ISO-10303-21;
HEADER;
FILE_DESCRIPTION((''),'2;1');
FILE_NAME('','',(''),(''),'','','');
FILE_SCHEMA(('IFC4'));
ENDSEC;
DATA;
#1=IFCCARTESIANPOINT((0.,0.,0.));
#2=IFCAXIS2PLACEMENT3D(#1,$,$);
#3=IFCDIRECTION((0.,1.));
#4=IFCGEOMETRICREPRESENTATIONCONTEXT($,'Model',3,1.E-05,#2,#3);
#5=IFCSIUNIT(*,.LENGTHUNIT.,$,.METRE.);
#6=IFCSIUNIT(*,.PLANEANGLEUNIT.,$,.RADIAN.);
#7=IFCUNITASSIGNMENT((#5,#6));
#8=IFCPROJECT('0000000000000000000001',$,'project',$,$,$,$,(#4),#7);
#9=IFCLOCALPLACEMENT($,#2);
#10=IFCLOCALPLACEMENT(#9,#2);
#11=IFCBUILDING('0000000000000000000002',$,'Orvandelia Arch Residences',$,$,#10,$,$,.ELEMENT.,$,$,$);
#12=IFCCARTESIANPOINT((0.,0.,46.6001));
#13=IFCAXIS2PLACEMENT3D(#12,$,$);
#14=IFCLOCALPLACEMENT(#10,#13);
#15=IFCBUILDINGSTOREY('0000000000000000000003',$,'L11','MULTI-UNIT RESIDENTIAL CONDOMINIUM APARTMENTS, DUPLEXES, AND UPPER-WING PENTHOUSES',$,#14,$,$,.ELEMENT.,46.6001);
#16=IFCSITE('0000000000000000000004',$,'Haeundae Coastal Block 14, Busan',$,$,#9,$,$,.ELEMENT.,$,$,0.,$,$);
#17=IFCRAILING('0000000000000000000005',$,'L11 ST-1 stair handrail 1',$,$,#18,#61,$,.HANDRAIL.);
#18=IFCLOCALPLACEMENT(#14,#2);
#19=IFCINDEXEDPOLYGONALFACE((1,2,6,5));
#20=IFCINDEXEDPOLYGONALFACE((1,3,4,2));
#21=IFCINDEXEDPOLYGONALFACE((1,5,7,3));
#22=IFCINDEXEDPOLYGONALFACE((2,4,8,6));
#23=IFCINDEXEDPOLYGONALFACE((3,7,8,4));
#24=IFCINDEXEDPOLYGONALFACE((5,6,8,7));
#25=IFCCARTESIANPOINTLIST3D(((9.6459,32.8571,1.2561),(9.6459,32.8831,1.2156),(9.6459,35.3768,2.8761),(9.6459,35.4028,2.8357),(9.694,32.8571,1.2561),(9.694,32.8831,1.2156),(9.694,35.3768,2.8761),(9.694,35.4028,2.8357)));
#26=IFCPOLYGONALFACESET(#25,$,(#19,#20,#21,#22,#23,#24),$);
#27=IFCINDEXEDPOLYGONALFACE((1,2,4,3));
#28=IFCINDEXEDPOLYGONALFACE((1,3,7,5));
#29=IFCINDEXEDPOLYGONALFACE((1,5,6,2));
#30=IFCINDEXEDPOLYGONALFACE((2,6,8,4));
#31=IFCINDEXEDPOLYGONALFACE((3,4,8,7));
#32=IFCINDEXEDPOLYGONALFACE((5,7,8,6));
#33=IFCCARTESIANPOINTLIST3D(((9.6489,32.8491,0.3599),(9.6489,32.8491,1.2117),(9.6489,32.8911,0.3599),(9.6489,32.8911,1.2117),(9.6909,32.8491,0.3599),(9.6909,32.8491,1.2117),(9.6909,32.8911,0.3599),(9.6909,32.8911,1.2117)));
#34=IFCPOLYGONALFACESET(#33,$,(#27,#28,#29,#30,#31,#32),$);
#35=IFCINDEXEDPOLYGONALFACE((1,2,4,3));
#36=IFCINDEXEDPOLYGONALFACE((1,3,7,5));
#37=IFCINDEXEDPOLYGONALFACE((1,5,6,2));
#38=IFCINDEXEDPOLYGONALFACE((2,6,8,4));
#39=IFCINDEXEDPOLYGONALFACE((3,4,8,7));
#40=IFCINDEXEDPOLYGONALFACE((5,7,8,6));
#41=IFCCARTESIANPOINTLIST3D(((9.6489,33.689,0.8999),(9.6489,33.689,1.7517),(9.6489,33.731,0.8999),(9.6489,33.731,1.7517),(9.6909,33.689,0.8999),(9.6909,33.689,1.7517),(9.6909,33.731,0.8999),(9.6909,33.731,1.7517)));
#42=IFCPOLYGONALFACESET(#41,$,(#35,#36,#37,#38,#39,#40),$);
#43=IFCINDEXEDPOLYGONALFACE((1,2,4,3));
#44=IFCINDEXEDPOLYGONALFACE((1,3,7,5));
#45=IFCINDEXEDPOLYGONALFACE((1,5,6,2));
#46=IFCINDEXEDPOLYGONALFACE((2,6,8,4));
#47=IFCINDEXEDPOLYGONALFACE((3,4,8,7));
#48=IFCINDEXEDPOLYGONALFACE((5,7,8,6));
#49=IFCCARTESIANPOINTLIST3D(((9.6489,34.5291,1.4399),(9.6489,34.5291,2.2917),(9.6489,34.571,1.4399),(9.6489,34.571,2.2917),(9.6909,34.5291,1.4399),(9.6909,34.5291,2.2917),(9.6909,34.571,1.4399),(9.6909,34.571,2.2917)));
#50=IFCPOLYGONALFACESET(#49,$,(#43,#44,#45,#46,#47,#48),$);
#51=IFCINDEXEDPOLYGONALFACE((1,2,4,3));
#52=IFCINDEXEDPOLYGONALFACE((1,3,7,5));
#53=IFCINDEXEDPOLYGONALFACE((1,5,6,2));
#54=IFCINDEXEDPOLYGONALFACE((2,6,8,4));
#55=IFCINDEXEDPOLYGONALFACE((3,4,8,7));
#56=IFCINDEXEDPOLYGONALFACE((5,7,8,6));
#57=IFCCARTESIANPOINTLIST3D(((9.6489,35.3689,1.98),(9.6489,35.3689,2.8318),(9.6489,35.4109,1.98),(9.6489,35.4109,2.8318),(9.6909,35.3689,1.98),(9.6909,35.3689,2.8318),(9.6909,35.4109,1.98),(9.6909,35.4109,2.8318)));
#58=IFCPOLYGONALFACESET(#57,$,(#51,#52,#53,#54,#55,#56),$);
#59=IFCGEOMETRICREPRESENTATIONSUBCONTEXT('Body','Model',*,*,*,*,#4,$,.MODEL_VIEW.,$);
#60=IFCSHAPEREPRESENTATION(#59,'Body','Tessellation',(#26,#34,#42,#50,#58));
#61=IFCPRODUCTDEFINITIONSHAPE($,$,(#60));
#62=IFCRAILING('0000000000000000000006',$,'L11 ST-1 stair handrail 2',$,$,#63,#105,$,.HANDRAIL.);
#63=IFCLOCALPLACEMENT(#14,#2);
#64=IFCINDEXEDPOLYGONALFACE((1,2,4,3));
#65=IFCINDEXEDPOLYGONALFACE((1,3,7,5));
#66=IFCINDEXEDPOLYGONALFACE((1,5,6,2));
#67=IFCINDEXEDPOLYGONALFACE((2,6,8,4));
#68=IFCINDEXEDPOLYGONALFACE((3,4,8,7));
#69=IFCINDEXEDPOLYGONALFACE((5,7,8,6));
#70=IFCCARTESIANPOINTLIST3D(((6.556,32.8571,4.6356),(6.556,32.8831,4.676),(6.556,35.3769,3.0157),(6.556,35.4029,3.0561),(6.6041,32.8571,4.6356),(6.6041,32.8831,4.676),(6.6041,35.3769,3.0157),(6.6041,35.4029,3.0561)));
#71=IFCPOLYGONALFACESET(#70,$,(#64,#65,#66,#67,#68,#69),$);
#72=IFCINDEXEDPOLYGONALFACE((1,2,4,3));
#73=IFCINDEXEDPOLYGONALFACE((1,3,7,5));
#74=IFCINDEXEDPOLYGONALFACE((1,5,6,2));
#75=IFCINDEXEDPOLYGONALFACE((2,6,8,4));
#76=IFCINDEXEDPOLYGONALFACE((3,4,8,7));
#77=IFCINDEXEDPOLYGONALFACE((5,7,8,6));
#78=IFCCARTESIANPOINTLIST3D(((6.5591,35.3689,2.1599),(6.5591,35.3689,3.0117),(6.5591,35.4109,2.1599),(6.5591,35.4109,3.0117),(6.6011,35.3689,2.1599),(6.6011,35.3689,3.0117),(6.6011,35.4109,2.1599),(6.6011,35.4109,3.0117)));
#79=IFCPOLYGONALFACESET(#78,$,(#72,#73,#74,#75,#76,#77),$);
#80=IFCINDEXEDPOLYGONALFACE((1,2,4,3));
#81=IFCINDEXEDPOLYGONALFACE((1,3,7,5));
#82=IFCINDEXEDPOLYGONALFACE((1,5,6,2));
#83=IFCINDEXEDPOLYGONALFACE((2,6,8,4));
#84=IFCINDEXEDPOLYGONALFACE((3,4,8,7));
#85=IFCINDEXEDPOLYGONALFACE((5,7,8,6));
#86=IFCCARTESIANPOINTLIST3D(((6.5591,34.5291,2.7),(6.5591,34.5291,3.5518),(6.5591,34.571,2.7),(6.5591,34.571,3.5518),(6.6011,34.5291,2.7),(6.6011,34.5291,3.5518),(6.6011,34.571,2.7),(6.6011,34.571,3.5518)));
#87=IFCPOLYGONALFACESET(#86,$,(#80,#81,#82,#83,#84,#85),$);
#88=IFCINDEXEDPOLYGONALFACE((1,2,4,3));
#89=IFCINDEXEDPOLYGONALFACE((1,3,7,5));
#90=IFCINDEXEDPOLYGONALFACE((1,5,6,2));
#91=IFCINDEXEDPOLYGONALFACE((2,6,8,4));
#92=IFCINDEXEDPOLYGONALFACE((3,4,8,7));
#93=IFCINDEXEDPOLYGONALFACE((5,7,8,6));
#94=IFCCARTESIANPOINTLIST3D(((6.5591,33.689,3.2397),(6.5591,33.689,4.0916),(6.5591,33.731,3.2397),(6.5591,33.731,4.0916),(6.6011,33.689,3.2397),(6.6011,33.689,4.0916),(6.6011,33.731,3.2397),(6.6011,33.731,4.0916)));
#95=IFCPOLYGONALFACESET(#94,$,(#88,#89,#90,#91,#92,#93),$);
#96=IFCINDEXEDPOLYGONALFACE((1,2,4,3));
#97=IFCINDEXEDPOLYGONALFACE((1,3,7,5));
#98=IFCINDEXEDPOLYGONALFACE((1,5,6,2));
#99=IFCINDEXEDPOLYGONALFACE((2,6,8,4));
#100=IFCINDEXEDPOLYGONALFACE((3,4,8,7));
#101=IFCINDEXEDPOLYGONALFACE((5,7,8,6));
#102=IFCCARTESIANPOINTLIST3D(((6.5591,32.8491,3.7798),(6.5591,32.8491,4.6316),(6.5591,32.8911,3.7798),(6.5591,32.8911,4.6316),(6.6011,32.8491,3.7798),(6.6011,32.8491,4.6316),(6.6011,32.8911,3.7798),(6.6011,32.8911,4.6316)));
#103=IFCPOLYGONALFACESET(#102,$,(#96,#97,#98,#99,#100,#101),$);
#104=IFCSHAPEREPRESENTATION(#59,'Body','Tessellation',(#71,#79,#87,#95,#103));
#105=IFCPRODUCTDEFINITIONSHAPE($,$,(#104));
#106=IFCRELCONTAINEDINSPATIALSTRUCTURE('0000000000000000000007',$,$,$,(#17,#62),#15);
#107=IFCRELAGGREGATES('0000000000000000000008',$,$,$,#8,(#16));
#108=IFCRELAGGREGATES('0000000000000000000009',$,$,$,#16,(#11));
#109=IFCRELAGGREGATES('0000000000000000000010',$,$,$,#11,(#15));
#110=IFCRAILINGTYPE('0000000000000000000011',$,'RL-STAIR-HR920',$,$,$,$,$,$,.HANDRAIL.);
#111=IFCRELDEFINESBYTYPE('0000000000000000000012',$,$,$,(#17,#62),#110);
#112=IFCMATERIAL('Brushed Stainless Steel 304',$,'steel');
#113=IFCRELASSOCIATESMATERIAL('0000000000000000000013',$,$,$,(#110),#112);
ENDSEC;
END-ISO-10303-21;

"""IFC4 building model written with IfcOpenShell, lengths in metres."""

from ifc_helpers import new_model, si_unit, direction, frame, origin, origin_2d, place, context, subcontext, project, spatial, rectangle, extrude, material, type_object, element, save


model = new_model("IFC4")

# Units and contexts
model_context = context("Model", 3, precision=1e-05, world=origin(), true_north=direction((0.0, 1.0)))
body_context = subcontext(model_context, "Body", "Model", "MODEL_VIEW")
ifc_project = project(units=[si_unit("LENGTHUNIT", "METRE"), si_unit("PLANEANGLEUNIT", "RADIAN")], contexts=[model_context])

# Site, building, storey
site_placement = place(None, origin())
site = spatial("IfcSite", under=ifc_project, at=site_placement, Name="Haeundae Coastal Block 14, Busan", CompositionType="ELEMENT", RefElevation=0.0)
building_placement = place(site_placement, origin())
building = spatial("IfcBuilding", under=site, at=building_placement, Name="Orvandelia Arch Residences", CompositionType="ELEMENT")
storey_placement = place(building_placement, frame((0.0, 0.0, 46.6001)))
storey = spatial("IfcBuildingStorey", under=building, at=storey_placement, Name="L11", Description="MULTI-UNIT RESIDENTIAL CONDOMINIUM APARTMENTS, DUPLEXES, AND UPPER-WING PENTHOUSES", CompositionType="ELEMENT", Elevation=46.6001)

# Railings
ifc_material_1 = material(Name="Brushed Stainless Steel 304", Category="steel")
railing_type_1 = type_object("IfcRailingType", Name="RL-STAIR-HR920", PredefinedType="HANDRAIL", material=ifc_material_1)
railing_1_placement = place(storey_placement, frame((9.6699, 32.8701, 0.3599)))
element("IfcRailing", 1, at=railing_1_placement, inside=storey, type_object=railing_type_1, Name="L11 ST-1 stair handrail 1", PredefinedType="HANDRAIL", context=body_context, shape_type="SweptSolid", body=[
    extrude(rectangle(XDim=0.0481, YDim=0.0481, at=origin_2d()), frame((0.0, 0.0, 0.876), z_axis=(0.0, 0.841139, 0.540819), x_axis=(-1.0, 0.0, 0.0)), (0.0, 0.0, 1.0), 2.9956),
    extrude(rectangle(XDim=0.042, YDim=0.042, at=origin_2d()), origin(), (0.0, 0.0, 1.0), 0.8518),
    extrude(rectangle(XDim=0.042, YDim=0.042, at=origin_2d()), frame((0.0, 0.8398, 0.54)), (0.0, 0.0, 1.0), 0.8518),
    extrude(rectangle(XDim=0.042, YDim=0.042, at=origin_2d()), frame((0.0, 1.6799, 1.0801)), (0.0, 0.0, 1.0), 0.8518),
    extrude(rectangle(XDim=0.042, YDim=0.042, at=origin_2d()), frame((0.0, 2.5198, 1.6201)), (0.0, 0.0, 1.0), 0.8518),
])
railing_2_placement = place(storey_placement, frame((6.5801, 35.3899, 2.1599)))
element("IfcRailing", 2, at=railing_2_placement, inside=storey, type_object=railing_type_1, Name="L11 ST-1 stair handrail 2", PredefinedType="HANDRAIL", context=body_context, shape_type="SweptSolid", body=[
    extrude(rectangle(XDim=0.0481, YDim=0.0481, at=origin_2d()), frame((0.0, 0.0, 0.876), z_axis=(0.0, -0.841176, 0.540762), x_axis=(1.0, 0.0, 0.0)), (0.0, 0.0, 1.0), 2.9956),
    extrude(rectangle(XDim=0.042, YDim=0.042, at=origin_2d()), origin(), (0.0, 0.0, 1.0), 0.8518),
    extrude(rectangle(XDim=0.042, YDim=0.042, at=origin_2d()), frame((0.0, -0.8398, 0.54)), (0.0, 0.0, 1.0), 0.8518),
    extrude(rectangle(XDim=0.042, YDim=0.042, at=origin_2d()), frame((0.0, -1.6799, 1.0798)), (0.0, 0.0, 1.0), 0.8518),
    extrude(rectangle(XDim=0.042, YDim=0.042, at=origin_2d()), frame((0.0, -2.5198, 1.6199)), (0.0, 0.0, 1.0), 0.8518),
])

save(model, "model.ifc")
